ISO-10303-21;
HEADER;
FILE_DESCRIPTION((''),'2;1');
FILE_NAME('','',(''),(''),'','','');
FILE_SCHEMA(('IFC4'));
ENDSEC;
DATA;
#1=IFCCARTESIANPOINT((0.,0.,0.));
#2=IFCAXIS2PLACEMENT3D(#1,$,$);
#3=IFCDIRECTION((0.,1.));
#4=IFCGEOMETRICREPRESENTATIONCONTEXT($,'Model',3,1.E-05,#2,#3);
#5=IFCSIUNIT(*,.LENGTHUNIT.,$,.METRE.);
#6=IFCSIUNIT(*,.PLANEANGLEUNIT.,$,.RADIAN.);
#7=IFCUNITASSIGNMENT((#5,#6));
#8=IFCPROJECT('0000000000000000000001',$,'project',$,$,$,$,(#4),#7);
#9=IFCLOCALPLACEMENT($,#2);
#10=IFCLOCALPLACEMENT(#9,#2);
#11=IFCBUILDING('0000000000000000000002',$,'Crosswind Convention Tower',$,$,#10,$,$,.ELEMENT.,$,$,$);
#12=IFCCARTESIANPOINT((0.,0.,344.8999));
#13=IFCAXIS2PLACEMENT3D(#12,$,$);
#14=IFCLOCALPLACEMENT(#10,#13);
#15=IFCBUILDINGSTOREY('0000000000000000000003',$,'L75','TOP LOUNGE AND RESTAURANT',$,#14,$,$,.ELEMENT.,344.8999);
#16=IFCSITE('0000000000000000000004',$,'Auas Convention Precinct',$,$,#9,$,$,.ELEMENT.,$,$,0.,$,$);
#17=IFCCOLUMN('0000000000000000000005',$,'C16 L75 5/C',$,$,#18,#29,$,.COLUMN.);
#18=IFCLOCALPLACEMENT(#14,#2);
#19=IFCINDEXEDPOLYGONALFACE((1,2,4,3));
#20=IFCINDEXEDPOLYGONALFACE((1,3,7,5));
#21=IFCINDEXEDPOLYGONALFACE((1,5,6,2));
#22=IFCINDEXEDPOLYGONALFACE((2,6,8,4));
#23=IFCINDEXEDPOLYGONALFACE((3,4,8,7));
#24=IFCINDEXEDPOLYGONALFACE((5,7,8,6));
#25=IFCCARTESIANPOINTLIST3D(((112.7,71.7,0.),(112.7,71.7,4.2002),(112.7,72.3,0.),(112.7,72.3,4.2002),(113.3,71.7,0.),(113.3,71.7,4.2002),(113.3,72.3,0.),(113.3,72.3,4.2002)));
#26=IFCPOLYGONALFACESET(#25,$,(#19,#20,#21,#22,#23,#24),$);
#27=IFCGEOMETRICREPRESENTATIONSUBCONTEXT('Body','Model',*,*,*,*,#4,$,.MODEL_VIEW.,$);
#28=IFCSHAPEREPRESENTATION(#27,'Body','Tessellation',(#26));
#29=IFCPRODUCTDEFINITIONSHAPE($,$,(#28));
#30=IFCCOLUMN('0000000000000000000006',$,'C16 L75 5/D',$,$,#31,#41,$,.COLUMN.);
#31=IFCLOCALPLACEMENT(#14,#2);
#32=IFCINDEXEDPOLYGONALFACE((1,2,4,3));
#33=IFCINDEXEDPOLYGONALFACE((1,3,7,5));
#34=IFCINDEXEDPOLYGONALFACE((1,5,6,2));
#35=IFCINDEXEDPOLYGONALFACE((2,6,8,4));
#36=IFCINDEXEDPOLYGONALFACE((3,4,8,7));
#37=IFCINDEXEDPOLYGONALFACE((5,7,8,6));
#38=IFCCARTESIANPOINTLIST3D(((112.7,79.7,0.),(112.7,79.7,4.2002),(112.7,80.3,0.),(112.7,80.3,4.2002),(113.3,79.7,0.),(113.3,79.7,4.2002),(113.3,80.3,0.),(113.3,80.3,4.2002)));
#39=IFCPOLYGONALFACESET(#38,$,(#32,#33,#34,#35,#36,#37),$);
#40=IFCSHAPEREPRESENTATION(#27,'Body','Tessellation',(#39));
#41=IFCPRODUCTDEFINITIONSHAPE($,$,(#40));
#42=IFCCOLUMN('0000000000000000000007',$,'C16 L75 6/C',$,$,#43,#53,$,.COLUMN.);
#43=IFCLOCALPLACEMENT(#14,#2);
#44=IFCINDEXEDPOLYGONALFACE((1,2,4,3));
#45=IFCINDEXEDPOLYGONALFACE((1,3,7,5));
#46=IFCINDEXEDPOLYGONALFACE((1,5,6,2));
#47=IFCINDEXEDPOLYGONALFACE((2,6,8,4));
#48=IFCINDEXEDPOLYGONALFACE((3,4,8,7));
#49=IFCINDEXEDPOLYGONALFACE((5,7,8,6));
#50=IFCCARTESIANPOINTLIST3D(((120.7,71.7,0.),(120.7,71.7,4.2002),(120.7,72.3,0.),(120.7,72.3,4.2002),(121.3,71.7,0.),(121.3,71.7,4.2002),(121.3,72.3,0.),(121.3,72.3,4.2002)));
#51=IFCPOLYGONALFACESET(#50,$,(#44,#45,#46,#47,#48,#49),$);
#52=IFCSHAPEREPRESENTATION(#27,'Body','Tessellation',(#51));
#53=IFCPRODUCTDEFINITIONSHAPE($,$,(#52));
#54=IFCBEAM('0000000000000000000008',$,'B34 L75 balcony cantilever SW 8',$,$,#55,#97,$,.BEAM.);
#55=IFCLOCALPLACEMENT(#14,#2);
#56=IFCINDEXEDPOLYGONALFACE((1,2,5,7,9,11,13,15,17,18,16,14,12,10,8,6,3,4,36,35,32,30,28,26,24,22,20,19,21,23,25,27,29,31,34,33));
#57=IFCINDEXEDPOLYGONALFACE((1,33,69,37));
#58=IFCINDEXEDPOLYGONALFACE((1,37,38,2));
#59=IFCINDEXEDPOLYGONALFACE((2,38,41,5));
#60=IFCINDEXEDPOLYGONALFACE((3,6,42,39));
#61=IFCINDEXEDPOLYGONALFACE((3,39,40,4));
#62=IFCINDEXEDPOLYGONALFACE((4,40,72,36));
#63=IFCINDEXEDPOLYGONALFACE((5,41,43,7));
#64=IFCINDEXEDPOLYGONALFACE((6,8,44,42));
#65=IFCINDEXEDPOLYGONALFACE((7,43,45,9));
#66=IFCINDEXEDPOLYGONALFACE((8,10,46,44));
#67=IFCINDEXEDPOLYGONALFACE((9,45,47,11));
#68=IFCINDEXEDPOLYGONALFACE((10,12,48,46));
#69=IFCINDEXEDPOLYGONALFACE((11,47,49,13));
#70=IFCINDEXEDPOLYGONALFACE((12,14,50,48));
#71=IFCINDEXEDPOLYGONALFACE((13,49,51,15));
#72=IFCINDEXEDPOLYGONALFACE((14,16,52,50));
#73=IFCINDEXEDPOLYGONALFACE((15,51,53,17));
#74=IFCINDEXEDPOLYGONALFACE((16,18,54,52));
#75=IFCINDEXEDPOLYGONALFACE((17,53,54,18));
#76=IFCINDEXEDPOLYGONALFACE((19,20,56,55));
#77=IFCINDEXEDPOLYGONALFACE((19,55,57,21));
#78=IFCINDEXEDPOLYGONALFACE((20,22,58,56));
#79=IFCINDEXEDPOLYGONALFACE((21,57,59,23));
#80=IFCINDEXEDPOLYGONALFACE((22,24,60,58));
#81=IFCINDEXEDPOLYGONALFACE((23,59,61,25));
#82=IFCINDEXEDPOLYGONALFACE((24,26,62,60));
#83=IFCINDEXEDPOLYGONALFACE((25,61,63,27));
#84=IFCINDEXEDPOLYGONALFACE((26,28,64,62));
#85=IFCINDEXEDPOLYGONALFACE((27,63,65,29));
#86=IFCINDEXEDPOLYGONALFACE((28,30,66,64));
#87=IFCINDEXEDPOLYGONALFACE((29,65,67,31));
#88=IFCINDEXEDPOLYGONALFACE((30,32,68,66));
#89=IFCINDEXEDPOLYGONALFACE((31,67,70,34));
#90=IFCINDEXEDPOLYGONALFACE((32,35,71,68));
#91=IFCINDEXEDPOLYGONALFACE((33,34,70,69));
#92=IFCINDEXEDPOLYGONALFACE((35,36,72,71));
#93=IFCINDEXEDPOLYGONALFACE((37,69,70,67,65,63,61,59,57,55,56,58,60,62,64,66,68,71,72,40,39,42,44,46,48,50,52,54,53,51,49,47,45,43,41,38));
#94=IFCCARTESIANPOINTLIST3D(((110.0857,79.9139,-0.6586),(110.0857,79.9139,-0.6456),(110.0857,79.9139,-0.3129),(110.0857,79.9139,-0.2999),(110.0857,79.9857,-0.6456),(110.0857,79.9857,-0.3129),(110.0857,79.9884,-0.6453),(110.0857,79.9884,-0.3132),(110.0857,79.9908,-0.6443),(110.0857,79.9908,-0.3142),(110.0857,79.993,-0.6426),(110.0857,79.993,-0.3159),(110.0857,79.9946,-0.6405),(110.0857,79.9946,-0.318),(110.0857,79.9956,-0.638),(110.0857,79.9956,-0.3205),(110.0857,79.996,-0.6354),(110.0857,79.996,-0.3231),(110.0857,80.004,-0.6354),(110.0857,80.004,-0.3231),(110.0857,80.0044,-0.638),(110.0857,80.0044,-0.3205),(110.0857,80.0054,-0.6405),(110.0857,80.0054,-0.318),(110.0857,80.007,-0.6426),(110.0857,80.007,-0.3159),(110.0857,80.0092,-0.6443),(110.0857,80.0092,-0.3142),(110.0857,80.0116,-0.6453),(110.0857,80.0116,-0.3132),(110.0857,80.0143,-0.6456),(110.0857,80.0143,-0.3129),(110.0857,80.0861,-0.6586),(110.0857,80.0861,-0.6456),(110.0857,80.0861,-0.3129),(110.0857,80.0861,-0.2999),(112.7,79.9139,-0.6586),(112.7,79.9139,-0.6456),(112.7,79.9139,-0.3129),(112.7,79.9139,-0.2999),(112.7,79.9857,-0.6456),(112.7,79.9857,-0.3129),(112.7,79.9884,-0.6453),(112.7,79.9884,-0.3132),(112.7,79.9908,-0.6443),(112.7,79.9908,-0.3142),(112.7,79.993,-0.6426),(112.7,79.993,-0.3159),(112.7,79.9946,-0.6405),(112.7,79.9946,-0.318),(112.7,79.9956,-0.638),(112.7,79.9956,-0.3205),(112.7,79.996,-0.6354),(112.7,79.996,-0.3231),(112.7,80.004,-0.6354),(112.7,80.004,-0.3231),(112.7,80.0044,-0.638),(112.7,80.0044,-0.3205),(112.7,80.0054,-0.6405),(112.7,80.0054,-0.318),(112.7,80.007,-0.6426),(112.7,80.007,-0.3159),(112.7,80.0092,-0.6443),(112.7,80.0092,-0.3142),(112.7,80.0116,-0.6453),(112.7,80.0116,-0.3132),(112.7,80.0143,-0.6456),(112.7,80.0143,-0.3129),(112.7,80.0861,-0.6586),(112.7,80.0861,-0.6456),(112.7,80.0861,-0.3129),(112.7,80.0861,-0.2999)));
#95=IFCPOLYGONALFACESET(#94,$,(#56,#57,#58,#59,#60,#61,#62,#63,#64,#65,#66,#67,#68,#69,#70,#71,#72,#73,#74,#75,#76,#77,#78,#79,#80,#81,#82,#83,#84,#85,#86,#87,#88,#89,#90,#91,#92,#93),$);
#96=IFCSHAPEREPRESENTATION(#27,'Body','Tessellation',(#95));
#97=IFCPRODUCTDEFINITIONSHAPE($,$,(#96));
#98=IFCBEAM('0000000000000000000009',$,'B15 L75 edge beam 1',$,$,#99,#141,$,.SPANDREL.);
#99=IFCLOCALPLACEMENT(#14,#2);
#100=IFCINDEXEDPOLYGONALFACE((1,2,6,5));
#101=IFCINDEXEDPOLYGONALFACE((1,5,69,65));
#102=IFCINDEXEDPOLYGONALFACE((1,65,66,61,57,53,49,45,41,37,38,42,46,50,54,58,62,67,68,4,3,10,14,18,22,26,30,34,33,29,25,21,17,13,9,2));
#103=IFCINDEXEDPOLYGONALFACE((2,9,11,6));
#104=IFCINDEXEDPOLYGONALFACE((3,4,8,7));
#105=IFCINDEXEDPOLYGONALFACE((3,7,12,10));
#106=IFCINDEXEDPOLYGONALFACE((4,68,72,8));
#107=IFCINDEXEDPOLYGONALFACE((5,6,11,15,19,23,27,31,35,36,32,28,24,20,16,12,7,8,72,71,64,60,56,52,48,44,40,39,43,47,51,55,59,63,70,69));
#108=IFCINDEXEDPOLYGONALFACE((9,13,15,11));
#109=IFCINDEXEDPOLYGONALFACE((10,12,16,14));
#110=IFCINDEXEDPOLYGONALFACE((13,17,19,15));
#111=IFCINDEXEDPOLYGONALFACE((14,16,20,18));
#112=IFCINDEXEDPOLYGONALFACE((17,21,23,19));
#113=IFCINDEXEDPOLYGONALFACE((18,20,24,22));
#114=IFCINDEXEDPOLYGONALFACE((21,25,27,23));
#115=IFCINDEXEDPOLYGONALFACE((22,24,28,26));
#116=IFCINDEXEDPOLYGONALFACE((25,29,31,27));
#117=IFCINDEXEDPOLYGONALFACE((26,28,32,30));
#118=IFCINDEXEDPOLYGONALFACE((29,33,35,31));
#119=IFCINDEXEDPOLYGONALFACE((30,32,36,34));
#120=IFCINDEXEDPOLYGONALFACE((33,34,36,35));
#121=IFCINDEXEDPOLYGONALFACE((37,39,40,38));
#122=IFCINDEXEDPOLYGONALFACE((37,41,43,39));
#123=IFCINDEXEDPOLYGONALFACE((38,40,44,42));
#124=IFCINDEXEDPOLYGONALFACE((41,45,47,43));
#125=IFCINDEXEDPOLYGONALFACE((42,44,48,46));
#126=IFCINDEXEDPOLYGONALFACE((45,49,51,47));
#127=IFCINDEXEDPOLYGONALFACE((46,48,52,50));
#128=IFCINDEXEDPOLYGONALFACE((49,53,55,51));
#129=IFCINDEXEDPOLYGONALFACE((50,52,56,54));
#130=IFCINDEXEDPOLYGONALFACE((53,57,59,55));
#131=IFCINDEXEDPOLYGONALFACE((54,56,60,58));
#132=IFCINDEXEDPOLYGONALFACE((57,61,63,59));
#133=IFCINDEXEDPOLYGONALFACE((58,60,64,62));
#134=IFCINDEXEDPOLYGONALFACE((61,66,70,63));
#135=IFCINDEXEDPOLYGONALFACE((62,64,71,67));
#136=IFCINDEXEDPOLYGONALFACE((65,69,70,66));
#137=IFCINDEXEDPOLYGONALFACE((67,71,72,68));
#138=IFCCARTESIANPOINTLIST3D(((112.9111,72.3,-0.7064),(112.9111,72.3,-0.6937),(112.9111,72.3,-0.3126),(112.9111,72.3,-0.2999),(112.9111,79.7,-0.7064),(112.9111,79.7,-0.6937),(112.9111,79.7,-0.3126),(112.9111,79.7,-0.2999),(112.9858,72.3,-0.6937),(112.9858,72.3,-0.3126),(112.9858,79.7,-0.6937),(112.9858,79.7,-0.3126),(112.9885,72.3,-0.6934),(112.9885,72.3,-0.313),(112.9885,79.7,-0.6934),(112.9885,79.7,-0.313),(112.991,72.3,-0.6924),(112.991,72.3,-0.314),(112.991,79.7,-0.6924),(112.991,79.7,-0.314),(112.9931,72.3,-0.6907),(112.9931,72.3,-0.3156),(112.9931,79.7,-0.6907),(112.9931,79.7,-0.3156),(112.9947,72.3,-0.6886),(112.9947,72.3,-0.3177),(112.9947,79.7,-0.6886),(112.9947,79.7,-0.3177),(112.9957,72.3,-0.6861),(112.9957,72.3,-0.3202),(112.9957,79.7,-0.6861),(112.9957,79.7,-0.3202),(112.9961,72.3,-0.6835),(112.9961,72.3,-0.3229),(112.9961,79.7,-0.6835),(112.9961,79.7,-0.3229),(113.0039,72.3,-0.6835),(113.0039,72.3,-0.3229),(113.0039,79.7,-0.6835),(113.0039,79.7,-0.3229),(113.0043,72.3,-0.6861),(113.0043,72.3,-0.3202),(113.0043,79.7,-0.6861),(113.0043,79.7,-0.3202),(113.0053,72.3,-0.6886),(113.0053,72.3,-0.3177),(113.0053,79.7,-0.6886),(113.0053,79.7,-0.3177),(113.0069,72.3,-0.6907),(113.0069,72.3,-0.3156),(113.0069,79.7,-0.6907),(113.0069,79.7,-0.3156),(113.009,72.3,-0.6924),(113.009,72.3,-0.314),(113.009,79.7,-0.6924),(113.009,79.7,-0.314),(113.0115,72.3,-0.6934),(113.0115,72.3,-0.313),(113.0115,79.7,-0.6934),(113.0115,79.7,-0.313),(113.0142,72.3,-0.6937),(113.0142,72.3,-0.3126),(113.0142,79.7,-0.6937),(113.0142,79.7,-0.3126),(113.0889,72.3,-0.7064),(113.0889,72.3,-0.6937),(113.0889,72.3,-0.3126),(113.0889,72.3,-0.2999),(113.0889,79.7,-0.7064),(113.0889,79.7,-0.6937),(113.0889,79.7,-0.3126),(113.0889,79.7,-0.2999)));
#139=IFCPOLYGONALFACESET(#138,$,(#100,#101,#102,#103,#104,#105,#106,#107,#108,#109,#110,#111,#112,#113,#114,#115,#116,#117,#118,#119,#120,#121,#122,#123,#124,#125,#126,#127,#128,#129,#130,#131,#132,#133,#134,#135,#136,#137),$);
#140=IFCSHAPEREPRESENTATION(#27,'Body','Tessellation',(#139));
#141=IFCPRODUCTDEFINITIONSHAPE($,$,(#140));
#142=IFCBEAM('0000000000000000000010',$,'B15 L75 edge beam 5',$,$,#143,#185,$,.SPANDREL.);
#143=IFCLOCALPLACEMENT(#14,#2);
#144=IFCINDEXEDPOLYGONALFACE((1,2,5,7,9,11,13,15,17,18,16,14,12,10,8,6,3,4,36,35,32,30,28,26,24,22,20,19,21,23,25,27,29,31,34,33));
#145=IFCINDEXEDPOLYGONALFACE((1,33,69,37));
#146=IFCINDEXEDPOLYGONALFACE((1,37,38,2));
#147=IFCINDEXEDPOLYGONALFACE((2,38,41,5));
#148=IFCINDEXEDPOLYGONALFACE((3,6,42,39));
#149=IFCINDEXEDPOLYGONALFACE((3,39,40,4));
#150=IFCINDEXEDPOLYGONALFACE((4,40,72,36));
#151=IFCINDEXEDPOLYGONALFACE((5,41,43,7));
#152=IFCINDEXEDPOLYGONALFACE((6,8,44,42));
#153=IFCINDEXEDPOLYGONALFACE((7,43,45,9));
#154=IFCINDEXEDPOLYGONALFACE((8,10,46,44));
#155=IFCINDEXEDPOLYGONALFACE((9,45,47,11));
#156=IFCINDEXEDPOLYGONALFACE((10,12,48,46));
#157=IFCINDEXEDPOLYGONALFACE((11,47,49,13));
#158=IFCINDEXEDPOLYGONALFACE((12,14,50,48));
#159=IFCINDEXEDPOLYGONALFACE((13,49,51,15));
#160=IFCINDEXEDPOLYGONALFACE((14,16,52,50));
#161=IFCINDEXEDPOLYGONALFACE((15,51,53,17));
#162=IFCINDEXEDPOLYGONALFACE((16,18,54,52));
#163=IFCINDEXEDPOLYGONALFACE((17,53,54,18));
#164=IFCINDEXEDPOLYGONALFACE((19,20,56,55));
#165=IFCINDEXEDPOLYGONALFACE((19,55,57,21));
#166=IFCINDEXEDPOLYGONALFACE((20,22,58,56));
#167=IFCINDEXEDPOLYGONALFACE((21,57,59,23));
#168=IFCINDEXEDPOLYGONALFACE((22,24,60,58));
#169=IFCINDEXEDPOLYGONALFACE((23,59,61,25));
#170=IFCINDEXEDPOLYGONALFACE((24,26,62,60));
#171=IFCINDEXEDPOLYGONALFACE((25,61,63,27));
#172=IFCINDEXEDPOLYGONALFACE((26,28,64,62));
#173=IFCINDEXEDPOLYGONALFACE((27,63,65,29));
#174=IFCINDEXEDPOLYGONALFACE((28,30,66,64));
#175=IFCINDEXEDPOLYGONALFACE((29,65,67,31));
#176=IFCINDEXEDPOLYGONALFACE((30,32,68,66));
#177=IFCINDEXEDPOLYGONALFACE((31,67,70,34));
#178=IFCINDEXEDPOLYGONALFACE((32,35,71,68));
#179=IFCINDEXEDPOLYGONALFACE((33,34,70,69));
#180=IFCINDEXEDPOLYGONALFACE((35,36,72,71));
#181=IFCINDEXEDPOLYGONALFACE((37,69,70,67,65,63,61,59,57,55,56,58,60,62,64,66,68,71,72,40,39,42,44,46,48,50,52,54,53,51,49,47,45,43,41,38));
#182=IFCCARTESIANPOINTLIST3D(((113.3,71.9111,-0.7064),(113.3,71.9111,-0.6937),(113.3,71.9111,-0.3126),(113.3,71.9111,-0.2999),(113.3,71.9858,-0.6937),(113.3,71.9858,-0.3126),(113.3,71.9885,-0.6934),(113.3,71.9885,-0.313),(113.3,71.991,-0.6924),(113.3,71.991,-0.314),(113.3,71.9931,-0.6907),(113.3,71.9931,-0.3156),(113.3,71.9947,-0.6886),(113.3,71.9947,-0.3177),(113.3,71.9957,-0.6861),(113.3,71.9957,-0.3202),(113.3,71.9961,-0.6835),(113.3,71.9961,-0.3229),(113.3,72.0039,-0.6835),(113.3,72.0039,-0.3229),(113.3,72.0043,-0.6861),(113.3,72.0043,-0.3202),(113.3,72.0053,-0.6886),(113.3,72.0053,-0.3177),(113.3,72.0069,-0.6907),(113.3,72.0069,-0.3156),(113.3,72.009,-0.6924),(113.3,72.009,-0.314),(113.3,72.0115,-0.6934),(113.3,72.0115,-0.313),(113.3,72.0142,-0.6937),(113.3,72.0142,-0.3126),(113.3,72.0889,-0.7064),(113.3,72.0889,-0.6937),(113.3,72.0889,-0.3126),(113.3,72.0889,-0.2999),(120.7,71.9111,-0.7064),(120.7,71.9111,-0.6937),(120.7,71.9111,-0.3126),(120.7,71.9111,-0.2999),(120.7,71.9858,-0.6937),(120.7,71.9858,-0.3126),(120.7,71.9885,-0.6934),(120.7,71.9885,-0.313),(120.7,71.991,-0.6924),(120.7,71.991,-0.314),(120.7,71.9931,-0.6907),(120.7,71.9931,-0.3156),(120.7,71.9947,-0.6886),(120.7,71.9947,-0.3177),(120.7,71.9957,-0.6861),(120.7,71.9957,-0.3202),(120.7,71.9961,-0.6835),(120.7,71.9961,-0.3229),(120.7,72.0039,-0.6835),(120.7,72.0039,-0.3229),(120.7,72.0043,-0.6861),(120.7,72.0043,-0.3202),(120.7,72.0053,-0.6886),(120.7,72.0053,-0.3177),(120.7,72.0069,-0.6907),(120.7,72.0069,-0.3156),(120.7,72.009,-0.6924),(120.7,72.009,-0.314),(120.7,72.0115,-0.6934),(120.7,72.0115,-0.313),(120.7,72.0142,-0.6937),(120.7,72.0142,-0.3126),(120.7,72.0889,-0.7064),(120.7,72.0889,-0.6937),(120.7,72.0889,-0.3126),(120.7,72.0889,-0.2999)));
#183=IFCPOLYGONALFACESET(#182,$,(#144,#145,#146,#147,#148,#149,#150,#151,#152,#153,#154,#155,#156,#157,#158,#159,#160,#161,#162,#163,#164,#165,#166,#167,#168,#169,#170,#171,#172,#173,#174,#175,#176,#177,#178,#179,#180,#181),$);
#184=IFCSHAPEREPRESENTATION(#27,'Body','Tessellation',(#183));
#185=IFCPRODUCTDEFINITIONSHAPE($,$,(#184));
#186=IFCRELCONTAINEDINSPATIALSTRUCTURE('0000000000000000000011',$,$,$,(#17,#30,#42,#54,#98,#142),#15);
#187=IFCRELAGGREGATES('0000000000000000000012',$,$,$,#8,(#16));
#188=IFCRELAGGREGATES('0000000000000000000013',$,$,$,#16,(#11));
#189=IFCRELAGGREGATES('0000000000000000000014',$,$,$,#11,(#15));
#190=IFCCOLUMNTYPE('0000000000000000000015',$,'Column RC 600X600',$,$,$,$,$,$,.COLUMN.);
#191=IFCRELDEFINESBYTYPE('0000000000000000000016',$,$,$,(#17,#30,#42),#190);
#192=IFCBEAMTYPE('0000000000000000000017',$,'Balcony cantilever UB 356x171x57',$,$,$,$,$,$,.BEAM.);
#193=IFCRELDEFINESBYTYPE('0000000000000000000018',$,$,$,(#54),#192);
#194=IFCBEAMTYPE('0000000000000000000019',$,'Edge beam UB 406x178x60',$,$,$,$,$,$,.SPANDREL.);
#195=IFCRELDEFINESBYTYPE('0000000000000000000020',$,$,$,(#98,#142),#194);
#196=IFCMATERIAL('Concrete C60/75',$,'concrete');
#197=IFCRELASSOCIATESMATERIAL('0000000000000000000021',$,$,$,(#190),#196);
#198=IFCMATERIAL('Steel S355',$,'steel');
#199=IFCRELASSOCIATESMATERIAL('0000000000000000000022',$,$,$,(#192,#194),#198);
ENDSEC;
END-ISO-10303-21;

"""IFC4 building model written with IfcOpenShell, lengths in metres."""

from ifc_helpers import new_model, si_unit, direction, frame, origin, origin_2d, place, context, subcontext, project, spatial, rectangle, i_section, extrude, material, material_profile, profile_set, type_object, element, save


model = new_model("IFC4")

# Units and contexts
model_context = context("Model", 3, precision=1e-05, world=origin(), true_north=direction((0.0, 1.0)))
body_context = subcontext(model_context, "Body", "Model", "MODEL_VIEW")
ifc_project = project(units=[si_unit("LENGTHUNIT", "METRE"), si_unit("PLANEANGLEUNIT", "RADIAN")], contexts=[model_context])

# Site, building, storey
site_placement = place(None, origin())
site = spatial("IfcSite", under=ifc_project, at=site_placement, Name="Auas Convention Precinct", CompositionType="ELEMENT", RefElevation=0.0)
building_placement = place(site_placement, origin())
building = spatial("IfcBuilding", under=site, at=building_placement, Name="Crosswind Convention Tower", CompositionType="ELEMENT")
storey_placement = place(building_placement, frame((0.0, 0.0, 344.8999)))
storey = spatial("IfcBuildingStorey", under=building, at=storey_placement, Name="L75", Description="TOP LOUNGE AND RESTAURANT", CompositionType="ELEMENT", Elevation=344.8999)

# Columns
ifc_material_1 = material(Name="Concrete C60/75", Category="concrete")
ifc_material_profile_1 = material_profile(ifc_material_1, rectangle(XDim=0.6001, YDim=0.6001, at=origin_2d()), Name="RC 600X600")
ifc_profile_set_1 = profile_set([ifc_material_profile_1], Name="Concrete C60/75")
column_type = type_object("IfcColumnType", Name="Column RC 600X600", PredefinedType="COLUMN", material=ifc_profile_set_1)
for number, where, z_axis, x_axis, name in (
    (1, (113.0, 72.0, 0.0), (0.0, 0.0, 1.0), (1.0, 0.0, 0.0), "C16 L75 5/C"),
    (2, (113.0, 80.0, 0.0), (0.0, 0.0, 1.0), (1.0, 0.0, 0.0), "C16 L75 5/D"),
    (3, (121.0, 72.0, 0.0), (0.0, 0.0, 1.0), (1.0, 0.0, 0.0), "C16 L75 6/C"),
):
    element("IfcColumn", number, at=place(storey_placement, frame(where, z_axis=z_axis, x_axis=x_axis)), inside=storey, type_object=column_type, Name=name, PredefinedType="COLUMN", context=body_context, shape_type="SweptSolid", body=[
        extrude(rectangle(XDim=0.6001, YDim=0.6001, at=origin_2d()), origin(), (0.0, 0.0, 1.0), 4.2002),
    ])

# Beams
ifc_material_2 = material(Name="Steel S355", Category="steel")
ifc_material_profile_2 = material_profile(ifc_material_2, i_section(OverallWidth=0.1721, OverallDepth=0.3586, WebThickness=0.0081, FlangeThickness=0.0129, FilletRadius=0.0103, at=origin_2d()), Name="UB 356x171x57")
ifc_profile_set_2 = profile_set([ifc_material_profile_2], Name="Steel S355")
beam_type_1 = type_object("IfcBeamType", Name="Balcony cantilever UB 356x171x57", PredefinedType="BEAM", material=ifc_profile_set_2)
beam_1_placement = place(storey_placement, frame((112.7, 80.0, -0.4792), z_axis=(-1.0, 0.0, 0.0), x_axis=(0.0, -1.0, 0.0)))
element("IfcBeam", 4, at=beam_1_placement, inside=storey, type_object=beam_type_1, Name="B34 L75 balcony cantilever SW 8", PredefinedType="BEAM", context=body_context, shape_type="SweptSolid", body=[
    extrude(i_section(OverallWidth=0.1721, OverallDepth=0.3586, WebThickness=0.0081, FlangeThickness=0.0129, FilletRadius=0.0103, at=origin_2d()), origin(), (0.0, 0.0, 1.0), 2.6143),
])
ifc_material_profile_3 = material_profile(ifc_material_2, i_section(OverallWidth=0.1777, OverallDepth=0.4065, WebThickness=0.0078, FlangeThickness=0.0127, FilletRadius=0.0103, at=origin_2d()), Name="UB 406x178x60")
ifc_profile_set_3 = profile_set([ifc_material_profile_3], Name="Steel S355")
beam_type_2 = type_object("IfcBeamType", Name="Edge beam UB 406x178x60", PredefinedType="SPANDREL", material=ifc_profile_set_3)
for number, where, z_axis, x_axis, name in (
    (5, (113.0, 72.3, -0.5032), (0.0, 1.0, 0.0), (-1.0, 0.0, 0.0), "B15 L75 edge beam 1"),
    (6, (113.3, 72.0, -0.5032), (1.0, 0.0, 0.0), (0.0, 1.0, 0.0), "B15 L75 edge beam 5"),
):
    element("IfcBeam", number, at=place(storey_placement, frame(where, z_axis=z_axis, x_axis=x_axis)), inside=storey, type_object=beam_type_2, Name=name, PredefinedType="SPANDREL", context=body_context, shape_type="SweptSolid", body=[
        extrude(i_section(OverallWidth=0.1777, OverallDepth=0.4065, WebThickness=0.0078, FlangeThickness=0.0127, FilletRadius=0.0103, at=origin_2d()), origin(), (0.0, 0.0, 1.0), 7.3999),
    ])

save(model, "model.ifc")
